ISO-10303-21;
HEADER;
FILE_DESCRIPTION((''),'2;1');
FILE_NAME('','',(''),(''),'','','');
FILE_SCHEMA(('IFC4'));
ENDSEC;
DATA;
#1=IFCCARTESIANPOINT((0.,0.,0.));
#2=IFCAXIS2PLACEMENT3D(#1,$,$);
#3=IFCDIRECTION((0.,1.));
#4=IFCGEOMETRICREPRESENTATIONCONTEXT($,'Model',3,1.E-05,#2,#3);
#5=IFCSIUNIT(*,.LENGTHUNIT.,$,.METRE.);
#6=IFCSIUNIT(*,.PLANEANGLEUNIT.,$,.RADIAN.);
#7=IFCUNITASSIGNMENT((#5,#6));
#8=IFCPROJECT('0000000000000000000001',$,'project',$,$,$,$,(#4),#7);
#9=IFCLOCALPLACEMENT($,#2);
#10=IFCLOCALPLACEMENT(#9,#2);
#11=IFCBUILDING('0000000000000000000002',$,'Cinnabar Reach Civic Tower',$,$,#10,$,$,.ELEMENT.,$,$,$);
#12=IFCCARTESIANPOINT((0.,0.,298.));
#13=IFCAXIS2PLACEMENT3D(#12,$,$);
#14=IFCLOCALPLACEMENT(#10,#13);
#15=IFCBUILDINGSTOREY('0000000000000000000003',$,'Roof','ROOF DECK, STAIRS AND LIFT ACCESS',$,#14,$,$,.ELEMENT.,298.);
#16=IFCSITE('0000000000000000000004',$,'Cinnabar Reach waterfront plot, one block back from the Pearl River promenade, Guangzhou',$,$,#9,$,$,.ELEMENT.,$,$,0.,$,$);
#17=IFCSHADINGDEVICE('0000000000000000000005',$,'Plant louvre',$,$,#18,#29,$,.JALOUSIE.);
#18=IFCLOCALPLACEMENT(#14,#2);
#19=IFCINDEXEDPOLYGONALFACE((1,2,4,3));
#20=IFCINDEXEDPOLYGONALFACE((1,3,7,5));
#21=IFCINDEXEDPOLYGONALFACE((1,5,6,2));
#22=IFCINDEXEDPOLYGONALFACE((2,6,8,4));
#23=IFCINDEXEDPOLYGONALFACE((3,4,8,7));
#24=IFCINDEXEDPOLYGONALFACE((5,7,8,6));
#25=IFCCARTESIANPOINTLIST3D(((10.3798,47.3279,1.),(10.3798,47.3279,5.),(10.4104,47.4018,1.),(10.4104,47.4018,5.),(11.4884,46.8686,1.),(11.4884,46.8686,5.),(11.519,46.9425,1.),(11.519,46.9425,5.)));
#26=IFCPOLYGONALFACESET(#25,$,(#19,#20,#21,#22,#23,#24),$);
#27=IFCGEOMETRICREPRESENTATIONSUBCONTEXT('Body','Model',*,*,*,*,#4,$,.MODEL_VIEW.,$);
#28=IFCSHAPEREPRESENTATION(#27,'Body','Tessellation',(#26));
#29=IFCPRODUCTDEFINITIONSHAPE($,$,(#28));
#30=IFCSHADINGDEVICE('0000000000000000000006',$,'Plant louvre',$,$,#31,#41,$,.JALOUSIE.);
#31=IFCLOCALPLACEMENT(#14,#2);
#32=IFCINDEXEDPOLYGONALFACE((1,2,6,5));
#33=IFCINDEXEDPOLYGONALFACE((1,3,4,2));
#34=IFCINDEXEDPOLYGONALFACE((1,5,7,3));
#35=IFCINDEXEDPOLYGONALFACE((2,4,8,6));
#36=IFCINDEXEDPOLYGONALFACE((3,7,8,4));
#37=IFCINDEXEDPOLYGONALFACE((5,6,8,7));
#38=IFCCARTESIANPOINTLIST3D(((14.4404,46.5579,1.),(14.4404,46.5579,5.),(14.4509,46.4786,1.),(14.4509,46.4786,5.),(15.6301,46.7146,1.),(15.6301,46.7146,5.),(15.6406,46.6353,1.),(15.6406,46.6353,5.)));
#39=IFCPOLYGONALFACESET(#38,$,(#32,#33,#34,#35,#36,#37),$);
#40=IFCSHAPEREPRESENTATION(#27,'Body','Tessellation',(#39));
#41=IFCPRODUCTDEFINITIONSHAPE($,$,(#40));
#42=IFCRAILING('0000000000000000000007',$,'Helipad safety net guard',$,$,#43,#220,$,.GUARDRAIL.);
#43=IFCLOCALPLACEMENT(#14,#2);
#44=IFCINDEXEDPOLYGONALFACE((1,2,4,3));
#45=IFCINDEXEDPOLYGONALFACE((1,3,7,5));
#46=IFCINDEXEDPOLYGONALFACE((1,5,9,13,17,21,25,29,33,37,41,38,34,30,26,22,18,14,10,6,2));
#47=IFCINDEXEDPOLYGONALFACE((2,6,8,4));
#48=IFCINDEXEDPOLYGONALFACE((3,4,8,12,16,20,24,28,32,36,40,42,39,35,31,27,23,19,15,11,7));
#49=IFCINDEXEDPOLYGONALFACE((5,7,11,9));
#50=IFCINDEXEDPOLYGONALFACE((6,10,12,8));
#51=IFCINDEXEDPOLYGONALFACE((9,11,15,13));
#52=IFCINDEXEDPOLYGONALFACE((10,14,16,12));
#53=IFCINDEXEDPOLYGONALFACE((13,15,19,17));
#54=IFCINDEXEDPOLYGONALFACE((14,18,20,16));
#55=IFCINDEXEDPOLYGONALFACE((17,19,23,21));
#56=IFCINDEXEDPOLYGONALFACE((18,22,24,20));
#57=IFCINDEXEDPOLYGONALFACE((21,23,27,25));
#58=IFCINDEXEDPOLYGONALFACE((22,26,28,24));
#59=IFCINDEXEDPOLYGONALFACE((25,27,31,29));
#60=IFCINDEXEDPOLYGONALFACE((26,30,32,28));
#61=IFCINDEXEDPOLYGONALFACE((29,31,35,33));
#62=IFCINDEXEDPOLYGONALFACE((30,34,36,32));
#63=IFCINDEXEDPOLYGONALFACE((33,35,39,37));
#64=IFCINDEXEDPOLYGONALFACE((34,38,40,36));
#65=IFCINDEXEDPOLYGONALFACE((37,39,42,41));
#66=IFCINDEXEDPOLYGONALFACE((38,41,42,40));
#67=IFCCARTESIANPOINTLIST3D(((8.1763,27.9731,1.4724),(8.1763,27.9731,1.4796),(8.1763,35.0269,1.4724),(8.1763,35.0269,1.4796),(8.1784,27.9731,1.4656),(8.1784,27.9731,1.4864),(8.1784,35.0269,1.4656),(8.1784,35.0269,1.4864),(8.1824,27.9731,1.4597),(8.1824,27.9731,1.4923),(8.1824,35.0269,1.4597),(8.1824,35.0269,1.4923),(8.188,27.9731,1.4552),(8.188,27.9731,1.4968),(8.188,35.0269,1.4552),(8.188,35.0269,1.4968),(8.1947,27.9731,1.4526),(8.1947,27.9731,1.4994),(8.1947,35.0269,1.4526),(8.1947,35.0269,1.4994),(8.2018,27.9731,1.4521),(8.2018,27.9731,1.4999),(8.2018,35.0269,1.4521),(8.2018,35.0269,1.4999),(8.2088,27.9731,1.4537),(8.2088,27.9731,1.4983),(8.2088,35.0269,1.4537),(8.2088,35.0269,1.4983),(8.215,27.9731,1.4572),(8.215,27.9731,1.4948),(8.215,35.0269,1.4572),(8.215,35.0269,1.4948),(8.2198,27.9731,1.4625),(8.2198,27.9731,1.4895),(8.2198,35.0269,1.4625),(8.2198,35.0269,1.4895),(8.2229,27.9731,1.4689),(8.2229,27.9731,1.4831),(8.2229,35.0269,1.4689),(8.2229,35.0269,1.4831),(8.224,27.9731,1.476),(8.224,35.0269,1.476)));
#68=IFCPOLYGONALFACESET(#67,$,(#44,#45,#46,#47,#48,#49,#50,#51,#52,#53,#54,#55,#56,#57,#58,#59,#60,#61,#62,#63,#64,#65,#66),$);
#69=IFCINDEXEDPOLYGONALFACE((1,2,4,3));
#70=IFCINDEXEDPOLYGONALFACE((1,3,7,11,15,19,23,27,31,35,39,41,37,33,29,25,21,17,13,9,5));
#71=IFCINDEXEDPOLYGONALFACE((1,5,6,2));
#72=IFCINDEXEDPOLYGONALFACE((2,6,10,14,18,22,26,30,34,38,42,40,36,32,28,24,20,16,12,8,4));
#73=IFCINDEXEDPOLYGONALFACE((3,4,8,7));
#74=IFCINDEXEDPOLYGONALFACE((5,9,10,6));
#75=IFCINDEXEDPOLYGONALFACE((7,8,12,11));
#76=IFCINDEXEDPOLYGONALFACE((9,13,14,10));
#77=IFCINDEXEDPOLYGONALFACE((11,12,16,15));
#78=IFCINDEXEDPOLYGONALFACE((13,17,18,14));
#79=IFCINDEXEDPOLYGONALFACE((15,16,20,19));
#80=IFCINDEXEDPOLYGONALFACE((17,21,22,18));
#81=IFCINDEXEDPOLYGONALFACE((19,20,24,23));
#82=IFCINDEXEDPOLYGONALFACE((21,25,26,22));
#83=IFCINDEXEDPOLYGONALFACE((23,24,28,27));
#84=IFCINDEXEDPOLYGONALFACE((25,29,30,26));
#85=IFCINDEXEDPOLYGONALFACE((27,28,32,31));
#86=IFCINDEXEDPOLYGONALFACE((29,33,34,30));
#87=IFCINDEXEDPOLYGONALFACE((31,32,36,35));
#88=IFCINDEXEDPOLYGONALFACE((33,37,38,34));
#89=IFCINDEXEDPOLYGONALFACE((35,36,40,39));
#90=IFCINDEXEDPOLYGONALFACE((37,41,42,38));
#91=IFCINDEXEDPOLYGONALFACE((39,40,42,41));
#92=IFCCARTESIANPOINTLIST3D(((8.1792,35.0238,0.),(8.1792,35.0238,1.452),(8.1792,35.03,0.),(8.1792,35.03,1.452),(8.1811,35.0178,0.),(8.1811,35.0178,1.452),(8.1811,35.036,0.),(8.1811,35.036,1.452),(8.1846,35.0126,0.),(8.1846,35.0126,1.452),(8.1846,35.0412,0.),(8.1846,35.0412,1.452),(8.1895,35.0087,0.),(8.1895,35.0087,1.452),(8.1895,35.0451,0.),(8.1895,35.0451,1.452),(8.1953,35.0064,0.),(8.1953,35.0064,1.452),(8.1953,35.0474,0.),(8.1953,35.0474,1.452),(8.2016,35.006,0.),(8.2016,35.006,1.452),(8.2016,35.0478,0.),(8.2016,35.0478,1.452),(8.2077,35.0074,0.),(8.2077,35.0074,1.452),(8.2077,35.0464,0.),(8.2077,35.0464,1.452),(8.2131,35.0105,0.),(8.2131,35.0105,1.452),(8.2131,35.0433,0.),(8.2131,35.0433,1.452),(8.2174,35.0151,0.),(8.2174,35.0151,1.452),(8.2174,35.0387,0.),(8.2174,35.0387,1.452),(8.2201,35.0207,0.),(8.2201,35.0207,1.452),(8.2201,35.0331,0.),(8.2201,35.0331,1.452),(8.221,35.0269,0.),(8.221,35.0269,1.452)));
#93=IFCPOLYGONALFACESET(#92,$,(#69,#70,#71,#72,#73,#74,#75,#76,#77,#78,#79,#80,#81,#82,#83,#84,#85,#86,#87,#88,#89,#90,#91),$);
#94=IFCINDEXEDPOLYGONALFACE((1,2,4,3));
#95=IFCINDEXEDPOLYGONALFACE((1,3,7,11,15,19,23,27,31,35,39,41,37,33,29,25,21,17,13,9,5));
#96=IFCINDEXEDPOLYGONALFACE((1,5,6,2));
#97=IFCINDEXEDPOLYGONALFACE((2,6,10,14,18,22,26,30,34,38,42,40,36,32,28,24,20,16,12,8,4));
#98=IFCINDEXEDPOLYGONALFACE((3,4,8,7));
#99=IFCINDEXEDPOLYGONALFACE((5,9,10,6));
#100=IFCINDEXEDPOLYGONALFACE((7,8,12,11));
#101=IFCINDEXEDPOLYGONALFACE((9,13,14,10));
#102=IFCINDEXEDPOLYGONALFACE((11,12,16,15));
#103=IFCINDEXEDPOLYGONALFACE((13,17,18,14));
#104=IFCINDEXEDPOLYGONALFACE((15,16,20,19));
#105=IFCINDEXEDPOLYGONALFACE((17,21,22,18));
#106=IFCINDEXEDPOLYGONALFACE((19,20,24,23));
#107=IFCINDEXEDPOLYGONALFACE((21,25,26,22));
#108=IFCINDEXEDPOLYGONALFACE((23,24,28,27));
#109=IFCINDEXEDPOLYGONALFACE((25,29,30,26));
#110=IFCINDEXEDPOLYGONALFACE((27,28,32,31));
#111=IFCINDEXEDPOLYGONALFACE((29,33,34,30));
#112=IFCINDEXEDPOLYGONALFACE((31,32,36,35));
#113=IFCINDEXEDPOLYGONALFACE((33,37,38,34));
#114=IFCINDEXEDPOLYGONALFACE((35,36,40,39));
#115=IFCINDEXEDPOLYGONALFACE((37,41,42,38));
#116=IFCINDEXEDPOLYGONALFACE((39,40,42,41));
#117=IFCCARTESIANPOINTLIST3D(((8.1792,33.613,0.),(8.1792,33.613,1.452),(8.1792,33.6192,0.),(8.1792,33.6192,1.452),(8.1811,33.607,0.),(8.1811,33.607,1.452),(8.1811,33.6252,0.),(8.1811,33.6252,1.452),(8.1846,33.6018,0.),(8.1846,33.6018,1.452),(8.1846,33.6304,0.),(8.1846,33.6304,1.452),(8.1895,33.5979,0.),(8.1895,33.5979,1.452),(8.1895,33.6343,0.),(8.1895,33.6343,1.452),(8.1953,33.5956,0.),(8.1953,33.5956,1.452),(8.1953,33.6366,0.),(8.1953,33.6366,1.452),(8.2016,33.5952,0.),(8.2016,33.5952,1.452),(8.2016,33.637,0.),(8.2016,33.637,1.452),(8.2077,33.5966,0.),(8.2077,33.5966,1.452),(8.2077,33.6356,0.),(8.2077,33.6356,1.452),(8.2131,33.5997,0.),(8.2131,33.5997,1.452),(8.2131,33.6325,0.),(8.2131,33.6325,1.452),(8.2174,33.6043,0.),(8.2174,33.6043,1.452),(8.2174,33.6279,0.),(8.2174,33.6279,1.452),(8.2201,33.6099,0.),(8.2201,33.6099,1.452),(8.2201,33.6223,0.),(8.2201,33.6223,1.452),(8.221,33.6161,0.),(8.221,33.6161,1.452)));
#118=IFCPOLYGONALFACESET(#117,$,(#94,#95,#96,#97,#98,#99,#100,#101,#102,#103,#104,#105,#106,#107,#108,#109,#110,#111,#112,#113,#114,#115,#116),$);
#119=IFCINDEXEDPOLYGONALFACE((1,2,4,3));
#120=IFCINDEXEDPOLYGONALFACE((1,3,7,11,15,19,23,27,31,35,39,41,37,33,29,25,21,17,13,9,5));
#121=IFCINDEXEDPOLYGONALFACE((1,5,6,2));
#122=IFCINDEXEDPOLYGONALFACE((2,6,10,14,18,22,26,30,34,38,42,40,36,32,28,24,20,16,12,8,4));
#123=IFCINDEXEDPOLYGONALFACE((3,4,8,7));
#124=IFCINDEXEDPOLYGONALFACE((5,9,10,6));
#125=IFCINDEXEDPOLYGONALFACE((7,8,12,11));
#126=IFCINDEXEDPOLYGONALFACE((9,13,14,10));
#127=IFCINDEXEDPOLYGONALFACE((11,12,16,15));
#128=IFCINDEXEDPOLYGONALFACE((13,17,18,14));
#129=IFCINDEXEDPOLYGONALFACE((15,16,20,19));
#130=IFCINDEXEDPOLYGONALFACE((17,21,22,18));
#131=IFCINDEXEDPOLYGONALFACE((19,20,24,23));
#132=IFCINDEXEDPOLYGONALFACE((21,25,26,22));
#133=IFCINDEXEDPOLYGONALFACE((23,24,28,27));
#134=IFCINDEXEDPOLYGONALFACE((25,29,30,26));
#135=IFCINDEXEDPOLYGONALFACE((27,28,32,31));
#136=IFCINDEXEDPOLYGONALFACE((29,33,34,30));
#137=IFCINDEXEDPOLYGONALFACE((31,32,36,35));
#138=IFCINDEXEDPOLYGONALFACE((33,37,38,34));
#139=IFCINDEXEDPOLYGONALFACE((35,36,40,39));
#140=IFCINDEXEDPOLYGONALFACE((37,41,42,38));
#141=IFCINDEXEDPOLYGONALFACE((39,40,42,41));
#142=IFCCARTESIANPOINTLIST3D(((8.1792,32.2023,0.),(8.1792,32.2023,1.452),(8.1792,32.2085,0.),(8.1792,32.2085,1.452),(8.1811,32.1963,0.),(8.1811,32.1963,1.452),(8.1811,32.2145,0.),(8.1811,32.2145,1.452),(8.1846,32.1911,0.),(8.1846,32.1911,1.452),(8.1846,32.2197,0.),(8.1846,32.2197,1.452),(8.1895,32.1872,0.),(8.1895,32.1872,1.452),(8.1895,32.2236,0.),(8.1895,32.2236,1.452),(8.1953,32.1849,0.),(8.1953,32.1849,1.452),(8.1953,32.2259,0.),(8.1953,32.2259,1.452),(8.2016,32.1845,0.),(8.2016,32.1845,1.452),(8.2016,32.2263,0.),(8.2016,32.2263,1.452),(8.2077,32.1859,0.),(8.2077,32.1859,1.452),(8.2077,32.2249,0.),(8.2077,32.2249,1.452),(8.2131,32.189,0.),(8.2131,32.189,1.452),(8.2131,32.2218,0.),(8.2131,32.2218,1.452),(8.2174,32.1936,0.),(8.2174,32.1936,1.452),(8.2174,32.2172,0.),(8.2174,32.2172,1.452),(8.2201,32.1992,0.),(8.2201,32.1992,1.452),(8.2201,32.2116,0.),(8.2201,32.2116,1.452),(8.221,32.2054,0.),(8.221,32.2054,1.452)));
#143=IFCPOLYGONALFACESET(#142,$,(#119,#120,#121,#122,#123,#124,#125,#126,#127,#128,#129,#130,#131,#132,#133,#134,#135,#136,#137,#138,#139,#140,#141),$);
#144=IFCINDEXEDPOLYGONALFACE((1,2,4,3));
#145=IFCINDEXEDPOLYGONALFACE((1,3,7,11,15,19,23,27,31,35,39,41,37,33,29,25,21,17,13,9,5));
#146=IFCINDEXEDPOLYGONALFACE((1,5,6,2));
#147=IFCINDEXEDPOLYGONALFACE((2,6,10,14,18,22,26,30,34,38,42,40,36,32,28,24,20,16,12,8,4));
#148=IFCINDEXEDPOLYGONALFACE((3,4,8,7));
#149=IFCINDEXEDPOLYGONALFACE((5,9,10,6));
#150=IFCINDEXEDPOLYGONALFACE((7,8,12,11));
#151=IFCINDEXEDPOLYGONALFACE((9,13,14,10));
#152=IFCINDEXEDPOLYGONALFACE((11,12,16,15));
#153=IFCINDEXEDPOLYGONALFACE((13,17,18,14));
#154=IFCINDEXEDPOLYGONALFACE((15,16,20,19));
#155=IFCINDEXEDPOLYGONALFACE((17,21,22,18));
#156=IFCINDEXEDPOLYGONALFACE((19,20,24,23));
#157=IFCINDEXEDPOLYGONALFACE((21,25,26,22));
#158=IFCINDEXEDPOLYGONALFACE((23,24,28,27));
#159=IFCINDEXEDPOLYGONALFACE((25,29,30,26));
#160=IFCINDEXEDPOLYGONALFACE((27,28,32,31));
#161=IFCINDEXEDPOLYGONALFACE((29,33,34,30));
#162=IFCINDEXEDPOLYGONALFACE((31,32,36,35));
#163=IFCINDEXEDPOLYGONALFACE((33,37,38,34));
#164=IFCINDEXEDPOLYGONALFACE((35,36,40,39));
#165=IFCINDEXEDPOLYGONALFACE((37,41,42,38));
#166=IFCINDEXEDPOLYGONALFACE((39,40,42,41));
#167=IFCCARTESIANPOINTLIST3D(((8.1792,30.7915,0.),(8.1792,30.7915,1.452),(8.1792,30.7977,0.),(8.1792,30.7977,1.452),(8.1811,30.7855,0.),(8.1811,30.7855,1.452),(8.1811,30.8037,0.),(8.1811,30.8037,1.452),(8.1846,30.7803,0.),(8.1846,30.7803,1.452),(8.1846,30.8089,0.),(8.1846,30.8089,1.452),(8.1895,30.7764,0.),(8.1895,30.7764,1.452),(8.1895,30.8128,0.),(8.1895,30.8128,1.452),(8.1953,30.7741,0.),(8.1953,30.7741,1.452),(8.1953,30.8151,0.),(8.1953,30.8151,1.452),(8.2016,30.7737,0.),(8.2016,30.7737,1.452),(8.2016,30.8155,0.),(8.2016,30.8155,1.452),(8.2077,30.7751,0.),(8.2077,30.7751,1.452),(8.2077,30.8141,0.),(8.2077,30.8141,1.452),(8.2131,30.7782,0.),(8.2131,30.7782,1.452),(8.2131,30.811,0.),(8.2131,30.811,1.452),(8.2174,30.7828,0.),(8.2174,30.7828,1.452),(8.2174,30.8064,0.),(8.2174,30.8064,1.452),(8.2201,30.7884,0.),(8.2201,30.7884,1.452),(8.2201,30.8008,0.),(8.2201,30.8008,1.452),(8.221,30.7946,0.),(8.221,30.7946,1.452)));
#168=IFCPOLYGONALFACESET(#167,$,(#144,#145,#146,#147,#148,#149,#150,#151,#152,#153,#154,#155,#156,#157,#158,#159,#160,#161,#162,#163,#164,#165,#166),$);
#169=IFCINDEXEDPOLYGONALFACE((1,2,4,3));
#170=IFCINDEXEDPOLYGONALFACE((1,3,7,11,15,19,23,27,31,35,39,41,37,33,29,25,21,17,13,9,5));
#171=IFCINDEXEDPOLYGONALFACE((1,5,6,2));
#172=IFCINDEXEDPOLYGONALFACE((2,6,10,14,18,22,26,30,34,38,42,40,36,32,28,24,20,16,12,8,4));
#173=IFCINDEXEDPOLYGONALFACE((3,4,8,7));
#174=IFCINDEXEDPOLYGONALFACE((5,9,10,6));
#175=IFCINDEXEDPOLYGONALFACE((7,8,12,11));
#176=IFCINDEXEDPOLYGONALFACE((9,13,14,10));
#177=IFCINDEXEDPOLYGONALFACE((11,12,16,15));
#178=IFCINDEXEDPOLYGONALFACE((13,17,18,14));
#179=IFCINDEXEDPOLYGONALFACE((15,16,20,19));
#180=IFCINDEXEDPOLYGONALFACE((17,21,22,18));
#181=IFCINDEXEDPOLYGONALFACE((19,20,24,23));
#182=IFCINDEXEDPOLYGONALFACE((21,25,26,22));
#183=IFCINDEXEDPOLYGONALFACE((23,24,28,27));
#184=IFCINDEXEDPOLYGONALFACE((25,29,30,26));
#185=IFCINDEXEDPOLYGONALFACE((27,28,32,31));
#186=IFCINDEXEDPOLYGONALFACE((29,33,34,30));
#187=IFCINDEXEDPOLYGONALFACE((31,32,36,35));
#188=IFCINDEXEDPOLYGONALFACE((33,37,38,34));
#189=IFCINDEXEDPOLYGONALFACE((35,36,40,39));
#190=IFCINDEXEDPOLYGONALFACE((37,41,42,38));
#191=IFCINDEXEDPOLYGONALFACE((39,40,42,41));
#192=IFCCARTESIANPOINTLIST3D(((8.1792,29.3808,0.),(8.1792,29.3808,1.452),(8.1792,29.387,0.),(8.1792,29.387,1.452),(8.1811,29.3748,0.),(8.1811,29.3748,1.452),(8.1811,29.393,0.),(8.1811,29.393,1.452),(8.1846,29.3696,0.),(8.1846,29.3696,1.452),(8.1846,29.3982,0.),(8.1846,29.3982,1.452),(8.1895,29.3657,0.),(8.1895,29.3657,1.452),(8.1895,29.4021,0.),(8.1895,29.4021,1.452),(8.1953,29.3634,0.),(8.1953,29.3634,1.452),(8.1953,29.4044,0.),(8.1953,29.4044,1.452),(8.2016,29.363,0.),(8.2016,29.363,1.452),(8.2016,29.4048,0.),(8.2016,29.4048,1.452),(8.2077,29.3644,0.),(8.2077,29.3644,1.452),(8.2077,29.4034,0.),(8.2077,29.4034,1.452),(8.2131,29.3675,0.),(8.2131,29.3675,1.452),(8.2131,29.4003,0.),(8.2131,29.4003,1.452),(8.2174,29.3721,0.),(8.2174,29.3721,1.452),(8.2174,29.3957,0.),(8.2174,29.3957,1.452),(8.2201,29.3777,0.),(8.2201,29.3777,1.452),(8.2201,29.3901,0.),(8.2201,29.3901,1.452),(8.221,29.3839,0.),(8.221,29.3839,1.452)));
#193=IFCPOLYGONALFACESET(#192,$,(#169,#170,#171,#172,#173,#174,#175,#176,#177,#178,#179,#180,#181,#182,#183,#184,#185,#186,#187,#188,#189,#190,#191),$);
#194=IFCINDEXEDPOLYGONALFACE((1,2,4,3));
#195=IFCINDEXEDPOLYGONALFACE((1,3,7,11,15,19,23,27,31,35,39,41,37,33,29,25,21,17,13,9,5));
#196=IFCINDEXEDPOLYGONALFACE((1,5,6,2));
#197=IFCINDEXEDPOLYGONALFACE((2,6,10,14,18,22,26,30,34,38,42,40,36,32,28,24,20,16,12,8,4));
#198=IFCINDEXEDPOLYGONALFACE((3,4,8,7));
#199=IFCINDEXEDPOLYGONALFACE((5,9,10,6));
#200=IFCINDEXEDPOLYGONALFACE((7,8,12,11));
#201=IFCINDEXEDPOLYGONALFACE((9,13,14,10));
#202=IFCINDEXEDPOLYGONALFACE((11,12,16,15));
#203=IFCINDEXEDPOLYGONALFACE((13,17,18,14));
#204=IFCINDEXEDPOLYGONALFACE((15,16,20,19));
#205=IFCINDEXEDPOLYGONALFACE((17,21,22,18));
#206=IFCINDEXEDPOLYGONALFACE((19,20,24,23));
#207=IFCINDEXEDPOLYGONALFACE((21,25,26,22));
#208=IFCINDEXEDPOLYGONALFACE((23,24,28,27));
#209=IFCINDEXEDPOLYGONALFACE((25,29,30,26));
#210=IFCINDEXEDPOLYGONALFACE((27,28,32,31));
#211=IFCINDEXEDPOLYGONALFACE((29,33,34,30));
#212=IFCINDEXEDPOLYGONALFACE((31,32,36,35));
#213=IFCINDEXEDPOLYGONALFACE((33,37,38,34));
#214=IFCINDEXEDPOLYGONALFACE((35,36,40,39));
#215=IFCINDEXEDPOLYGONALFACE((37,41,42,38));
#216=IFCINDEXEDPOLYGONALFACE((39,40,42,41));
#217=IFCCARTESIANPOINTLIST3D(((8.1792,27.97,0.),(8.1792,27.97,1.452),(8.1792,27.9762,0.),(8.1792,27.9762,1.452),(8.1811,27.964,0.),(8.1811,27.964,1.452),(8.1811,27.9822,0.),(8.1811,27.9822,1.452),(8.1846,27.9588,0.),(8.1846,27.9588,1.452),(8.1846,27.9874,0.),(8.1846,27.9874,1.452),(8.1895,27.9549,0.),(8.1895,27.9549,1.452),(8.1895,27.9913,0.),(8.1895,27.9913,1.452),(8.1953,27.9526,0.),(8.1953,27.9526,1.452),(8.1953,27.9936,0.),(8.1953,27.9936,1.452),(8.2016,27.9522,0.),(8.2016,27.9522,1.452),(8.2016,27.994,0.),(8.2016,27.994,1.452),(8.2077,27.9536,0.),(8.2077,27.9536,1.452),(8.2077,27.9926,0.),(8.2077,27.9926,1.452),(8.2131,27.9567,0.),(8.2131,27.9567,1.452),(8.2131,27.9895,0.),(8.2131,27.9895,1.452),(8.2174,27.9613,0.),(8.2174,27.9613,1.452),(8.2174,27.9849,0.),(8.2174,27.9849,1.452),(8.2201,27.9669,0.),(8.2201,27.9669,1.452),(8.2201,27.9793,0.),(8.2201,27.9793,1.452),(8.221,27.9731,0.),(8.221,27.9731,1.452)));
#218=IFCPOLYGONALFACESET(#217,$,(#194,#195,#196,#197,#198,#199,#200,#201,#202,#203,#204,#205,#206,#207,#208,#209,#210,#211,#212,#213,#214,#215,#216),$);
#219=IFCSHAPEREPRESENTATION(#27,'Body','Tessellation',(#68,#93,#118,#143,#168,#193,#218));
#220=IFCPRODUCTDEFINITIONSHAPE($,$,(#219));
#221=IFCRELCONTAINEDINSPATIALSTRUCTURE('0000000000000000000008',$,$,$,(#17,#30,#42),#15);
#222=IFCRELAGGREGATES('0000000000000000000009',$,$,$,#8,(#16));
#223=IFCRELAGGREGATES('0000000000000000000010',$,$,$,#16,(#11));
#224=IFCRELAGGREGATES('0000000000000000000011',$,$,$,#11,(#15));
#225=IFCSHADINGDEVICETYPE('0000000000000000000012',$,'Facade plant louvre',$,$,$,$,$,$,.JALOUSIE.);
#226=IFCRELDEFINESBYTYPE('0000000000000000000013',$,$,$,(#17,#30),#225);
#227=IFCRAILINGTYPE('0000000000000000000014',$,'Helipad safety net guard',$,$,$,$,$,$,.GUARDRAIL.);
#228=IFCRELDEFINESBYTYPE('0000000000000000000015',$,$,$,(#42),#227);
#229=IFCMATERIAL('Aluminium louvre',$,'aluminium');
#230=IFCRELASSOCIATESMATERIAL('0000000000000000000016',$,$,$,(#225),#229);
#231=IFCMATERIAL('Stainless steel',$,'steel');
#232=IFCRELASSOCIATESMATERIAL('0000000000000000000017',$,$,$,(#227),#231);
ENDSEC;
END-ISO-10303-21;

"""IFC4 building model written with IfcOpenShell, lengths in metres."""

from ifc_helpers import new_model, si_unit, direction, frame, origin, origin_2d, place, context, subcontext, project, spatial, rectangle, circle, extrude, material, type_object, element, save


model = new_model("IFC4")

# Units and contexts
model_context = context("Model", 3, precision=1e-05, world=origin(), true_north=direction((0.0, 1.0)))
body_context = subcontext(model_context, "Body", "Model", "MODEL_VIEW")
ifc_project = project(units=[si_unit("LENGTHUNIT", "METRE"), si_unit("PLANEANGLEUNIT", "RADIAN")], contexts=[model_context])

# Site, building, storey
site_placement = place(None, origin())
site = spatial("IfcSite", under=ifc_project, at=site_placement, Name="Cinnabar Reach waterfront plot, one block back from the Pearl River promenade, Guangzhou", CompositionType="ELEMENT", RefElevation=0.0)
building_placement = place(site_placement, origin())
building = spatial("IfcBuilding", under=site, at=building_placement, Name="Cinnabar Reach Civic Tower", CompositionType="ELEMENT")
storey_placement = place(building_placement, frame((0.0, 0.0, 298.0)))
storey = spatial("IfcBuildingStorey", under=building, at=storey_placement, Name="Roof", Description="ROOF DECK, STAIRS AND LIFT ACCESS", CompositionType="ELEMENT", Elevation=298.0)

# Shading devices
ifc_material_1 = material(Name="Aluminium louvre", Category="aluminium")
shading_device_type = type_object("IfcShadingDeviceType", Name="Facade plant louvre", PredefinedType="JALOUSIE", material=ifc_material_1)
for number, where, z_axis, x_axis, name in (
    (1, (10.9494, 47.1352, 1.0), (0.0, 0.0, 1.0), (0.92388, -0.382683, 0.0), "Plant louvre"),
    (2, (15.0405, 46.5966, 1.0), (0.0, 0.0, 1.0), (0.991445, 0.130526, 0.0), "Plant louvre"),
):
    element("IfcShadingDevice", number, at=place(storey_placement, frame(where, z_axis=z_axis, x_axis=x_axis)), inside=storey, type_object=shading_device_type, Name=name, PredefinedType="JALOUSIE", context=body_context, shape_type="SweptSolid", body=[
        extrude(rectangle(XDim=1.2, YDim=0.08, at=origin_2d()), origin(), (0.0, 0.0, 1.0), 4.0),
    ])

# Railing
ifc_material_2 = material(Name="Stainless steel", Category="steel")
railing_type_1 = type_object("IfcRailingType", Name="Helipad safety net guard", PredefinedType="GUARDRAIL", material=ifc_material_2)
railing_1_placement = place(storey_placement, frame((8.2, 35.0269, 0.0)))
element("IfcRailing", 3, at=railing_1_placement, inside=storey, type_object=railing_type_1, Name="Helipad safety net guard", PredefinedType="GUARDRAIL", context=body_context, shape_type="SweptSolid", body=[
    extrude(circle(Radius=0.024, at=origin_2d()), frame((0.0, 0.0, 1.476), z_axis=(0.0, -1.0, 0.0), x_axis=(1.0, 0.0, 0.0)), (0.0, 0.0, 1.0), 7.0538),
    extrude(circle(Radius=0.021, at=origin_2d()), origin(), (0.0, 0.0, 1.0), 1.452),
    extrude(circle(Radius=0.021, at=origin_2d()), frame((0.0, -1.4108, 0.0)), (0.0, 0.0, 1.0), 1.452),
    extrude(circle(Radius=0.021, at=origin_2d()), frame((0.0, -2.8215, 0.0)), (0.0, 0.0, 1.0), 1.452),
    extrude(circle(Radius=0.021, at=origin_2d()), frame((0.0, -4.2323, 0.0)), (0.0, 0.0, 1.0), 1.452),
    extrude(circle(Radius=0.021, at=origin_2d()), frame((0.0, -5.643, 0.0)), (0.0, 0.0, 1.0), 1.452),
    extrude(circle(Radius=0.021, at=origin_2d()), frame((0.0, -7.0538, 0.0)), (0.0, 0.0, 1.0), 1.452),
])

save(model, "model.ifc")
